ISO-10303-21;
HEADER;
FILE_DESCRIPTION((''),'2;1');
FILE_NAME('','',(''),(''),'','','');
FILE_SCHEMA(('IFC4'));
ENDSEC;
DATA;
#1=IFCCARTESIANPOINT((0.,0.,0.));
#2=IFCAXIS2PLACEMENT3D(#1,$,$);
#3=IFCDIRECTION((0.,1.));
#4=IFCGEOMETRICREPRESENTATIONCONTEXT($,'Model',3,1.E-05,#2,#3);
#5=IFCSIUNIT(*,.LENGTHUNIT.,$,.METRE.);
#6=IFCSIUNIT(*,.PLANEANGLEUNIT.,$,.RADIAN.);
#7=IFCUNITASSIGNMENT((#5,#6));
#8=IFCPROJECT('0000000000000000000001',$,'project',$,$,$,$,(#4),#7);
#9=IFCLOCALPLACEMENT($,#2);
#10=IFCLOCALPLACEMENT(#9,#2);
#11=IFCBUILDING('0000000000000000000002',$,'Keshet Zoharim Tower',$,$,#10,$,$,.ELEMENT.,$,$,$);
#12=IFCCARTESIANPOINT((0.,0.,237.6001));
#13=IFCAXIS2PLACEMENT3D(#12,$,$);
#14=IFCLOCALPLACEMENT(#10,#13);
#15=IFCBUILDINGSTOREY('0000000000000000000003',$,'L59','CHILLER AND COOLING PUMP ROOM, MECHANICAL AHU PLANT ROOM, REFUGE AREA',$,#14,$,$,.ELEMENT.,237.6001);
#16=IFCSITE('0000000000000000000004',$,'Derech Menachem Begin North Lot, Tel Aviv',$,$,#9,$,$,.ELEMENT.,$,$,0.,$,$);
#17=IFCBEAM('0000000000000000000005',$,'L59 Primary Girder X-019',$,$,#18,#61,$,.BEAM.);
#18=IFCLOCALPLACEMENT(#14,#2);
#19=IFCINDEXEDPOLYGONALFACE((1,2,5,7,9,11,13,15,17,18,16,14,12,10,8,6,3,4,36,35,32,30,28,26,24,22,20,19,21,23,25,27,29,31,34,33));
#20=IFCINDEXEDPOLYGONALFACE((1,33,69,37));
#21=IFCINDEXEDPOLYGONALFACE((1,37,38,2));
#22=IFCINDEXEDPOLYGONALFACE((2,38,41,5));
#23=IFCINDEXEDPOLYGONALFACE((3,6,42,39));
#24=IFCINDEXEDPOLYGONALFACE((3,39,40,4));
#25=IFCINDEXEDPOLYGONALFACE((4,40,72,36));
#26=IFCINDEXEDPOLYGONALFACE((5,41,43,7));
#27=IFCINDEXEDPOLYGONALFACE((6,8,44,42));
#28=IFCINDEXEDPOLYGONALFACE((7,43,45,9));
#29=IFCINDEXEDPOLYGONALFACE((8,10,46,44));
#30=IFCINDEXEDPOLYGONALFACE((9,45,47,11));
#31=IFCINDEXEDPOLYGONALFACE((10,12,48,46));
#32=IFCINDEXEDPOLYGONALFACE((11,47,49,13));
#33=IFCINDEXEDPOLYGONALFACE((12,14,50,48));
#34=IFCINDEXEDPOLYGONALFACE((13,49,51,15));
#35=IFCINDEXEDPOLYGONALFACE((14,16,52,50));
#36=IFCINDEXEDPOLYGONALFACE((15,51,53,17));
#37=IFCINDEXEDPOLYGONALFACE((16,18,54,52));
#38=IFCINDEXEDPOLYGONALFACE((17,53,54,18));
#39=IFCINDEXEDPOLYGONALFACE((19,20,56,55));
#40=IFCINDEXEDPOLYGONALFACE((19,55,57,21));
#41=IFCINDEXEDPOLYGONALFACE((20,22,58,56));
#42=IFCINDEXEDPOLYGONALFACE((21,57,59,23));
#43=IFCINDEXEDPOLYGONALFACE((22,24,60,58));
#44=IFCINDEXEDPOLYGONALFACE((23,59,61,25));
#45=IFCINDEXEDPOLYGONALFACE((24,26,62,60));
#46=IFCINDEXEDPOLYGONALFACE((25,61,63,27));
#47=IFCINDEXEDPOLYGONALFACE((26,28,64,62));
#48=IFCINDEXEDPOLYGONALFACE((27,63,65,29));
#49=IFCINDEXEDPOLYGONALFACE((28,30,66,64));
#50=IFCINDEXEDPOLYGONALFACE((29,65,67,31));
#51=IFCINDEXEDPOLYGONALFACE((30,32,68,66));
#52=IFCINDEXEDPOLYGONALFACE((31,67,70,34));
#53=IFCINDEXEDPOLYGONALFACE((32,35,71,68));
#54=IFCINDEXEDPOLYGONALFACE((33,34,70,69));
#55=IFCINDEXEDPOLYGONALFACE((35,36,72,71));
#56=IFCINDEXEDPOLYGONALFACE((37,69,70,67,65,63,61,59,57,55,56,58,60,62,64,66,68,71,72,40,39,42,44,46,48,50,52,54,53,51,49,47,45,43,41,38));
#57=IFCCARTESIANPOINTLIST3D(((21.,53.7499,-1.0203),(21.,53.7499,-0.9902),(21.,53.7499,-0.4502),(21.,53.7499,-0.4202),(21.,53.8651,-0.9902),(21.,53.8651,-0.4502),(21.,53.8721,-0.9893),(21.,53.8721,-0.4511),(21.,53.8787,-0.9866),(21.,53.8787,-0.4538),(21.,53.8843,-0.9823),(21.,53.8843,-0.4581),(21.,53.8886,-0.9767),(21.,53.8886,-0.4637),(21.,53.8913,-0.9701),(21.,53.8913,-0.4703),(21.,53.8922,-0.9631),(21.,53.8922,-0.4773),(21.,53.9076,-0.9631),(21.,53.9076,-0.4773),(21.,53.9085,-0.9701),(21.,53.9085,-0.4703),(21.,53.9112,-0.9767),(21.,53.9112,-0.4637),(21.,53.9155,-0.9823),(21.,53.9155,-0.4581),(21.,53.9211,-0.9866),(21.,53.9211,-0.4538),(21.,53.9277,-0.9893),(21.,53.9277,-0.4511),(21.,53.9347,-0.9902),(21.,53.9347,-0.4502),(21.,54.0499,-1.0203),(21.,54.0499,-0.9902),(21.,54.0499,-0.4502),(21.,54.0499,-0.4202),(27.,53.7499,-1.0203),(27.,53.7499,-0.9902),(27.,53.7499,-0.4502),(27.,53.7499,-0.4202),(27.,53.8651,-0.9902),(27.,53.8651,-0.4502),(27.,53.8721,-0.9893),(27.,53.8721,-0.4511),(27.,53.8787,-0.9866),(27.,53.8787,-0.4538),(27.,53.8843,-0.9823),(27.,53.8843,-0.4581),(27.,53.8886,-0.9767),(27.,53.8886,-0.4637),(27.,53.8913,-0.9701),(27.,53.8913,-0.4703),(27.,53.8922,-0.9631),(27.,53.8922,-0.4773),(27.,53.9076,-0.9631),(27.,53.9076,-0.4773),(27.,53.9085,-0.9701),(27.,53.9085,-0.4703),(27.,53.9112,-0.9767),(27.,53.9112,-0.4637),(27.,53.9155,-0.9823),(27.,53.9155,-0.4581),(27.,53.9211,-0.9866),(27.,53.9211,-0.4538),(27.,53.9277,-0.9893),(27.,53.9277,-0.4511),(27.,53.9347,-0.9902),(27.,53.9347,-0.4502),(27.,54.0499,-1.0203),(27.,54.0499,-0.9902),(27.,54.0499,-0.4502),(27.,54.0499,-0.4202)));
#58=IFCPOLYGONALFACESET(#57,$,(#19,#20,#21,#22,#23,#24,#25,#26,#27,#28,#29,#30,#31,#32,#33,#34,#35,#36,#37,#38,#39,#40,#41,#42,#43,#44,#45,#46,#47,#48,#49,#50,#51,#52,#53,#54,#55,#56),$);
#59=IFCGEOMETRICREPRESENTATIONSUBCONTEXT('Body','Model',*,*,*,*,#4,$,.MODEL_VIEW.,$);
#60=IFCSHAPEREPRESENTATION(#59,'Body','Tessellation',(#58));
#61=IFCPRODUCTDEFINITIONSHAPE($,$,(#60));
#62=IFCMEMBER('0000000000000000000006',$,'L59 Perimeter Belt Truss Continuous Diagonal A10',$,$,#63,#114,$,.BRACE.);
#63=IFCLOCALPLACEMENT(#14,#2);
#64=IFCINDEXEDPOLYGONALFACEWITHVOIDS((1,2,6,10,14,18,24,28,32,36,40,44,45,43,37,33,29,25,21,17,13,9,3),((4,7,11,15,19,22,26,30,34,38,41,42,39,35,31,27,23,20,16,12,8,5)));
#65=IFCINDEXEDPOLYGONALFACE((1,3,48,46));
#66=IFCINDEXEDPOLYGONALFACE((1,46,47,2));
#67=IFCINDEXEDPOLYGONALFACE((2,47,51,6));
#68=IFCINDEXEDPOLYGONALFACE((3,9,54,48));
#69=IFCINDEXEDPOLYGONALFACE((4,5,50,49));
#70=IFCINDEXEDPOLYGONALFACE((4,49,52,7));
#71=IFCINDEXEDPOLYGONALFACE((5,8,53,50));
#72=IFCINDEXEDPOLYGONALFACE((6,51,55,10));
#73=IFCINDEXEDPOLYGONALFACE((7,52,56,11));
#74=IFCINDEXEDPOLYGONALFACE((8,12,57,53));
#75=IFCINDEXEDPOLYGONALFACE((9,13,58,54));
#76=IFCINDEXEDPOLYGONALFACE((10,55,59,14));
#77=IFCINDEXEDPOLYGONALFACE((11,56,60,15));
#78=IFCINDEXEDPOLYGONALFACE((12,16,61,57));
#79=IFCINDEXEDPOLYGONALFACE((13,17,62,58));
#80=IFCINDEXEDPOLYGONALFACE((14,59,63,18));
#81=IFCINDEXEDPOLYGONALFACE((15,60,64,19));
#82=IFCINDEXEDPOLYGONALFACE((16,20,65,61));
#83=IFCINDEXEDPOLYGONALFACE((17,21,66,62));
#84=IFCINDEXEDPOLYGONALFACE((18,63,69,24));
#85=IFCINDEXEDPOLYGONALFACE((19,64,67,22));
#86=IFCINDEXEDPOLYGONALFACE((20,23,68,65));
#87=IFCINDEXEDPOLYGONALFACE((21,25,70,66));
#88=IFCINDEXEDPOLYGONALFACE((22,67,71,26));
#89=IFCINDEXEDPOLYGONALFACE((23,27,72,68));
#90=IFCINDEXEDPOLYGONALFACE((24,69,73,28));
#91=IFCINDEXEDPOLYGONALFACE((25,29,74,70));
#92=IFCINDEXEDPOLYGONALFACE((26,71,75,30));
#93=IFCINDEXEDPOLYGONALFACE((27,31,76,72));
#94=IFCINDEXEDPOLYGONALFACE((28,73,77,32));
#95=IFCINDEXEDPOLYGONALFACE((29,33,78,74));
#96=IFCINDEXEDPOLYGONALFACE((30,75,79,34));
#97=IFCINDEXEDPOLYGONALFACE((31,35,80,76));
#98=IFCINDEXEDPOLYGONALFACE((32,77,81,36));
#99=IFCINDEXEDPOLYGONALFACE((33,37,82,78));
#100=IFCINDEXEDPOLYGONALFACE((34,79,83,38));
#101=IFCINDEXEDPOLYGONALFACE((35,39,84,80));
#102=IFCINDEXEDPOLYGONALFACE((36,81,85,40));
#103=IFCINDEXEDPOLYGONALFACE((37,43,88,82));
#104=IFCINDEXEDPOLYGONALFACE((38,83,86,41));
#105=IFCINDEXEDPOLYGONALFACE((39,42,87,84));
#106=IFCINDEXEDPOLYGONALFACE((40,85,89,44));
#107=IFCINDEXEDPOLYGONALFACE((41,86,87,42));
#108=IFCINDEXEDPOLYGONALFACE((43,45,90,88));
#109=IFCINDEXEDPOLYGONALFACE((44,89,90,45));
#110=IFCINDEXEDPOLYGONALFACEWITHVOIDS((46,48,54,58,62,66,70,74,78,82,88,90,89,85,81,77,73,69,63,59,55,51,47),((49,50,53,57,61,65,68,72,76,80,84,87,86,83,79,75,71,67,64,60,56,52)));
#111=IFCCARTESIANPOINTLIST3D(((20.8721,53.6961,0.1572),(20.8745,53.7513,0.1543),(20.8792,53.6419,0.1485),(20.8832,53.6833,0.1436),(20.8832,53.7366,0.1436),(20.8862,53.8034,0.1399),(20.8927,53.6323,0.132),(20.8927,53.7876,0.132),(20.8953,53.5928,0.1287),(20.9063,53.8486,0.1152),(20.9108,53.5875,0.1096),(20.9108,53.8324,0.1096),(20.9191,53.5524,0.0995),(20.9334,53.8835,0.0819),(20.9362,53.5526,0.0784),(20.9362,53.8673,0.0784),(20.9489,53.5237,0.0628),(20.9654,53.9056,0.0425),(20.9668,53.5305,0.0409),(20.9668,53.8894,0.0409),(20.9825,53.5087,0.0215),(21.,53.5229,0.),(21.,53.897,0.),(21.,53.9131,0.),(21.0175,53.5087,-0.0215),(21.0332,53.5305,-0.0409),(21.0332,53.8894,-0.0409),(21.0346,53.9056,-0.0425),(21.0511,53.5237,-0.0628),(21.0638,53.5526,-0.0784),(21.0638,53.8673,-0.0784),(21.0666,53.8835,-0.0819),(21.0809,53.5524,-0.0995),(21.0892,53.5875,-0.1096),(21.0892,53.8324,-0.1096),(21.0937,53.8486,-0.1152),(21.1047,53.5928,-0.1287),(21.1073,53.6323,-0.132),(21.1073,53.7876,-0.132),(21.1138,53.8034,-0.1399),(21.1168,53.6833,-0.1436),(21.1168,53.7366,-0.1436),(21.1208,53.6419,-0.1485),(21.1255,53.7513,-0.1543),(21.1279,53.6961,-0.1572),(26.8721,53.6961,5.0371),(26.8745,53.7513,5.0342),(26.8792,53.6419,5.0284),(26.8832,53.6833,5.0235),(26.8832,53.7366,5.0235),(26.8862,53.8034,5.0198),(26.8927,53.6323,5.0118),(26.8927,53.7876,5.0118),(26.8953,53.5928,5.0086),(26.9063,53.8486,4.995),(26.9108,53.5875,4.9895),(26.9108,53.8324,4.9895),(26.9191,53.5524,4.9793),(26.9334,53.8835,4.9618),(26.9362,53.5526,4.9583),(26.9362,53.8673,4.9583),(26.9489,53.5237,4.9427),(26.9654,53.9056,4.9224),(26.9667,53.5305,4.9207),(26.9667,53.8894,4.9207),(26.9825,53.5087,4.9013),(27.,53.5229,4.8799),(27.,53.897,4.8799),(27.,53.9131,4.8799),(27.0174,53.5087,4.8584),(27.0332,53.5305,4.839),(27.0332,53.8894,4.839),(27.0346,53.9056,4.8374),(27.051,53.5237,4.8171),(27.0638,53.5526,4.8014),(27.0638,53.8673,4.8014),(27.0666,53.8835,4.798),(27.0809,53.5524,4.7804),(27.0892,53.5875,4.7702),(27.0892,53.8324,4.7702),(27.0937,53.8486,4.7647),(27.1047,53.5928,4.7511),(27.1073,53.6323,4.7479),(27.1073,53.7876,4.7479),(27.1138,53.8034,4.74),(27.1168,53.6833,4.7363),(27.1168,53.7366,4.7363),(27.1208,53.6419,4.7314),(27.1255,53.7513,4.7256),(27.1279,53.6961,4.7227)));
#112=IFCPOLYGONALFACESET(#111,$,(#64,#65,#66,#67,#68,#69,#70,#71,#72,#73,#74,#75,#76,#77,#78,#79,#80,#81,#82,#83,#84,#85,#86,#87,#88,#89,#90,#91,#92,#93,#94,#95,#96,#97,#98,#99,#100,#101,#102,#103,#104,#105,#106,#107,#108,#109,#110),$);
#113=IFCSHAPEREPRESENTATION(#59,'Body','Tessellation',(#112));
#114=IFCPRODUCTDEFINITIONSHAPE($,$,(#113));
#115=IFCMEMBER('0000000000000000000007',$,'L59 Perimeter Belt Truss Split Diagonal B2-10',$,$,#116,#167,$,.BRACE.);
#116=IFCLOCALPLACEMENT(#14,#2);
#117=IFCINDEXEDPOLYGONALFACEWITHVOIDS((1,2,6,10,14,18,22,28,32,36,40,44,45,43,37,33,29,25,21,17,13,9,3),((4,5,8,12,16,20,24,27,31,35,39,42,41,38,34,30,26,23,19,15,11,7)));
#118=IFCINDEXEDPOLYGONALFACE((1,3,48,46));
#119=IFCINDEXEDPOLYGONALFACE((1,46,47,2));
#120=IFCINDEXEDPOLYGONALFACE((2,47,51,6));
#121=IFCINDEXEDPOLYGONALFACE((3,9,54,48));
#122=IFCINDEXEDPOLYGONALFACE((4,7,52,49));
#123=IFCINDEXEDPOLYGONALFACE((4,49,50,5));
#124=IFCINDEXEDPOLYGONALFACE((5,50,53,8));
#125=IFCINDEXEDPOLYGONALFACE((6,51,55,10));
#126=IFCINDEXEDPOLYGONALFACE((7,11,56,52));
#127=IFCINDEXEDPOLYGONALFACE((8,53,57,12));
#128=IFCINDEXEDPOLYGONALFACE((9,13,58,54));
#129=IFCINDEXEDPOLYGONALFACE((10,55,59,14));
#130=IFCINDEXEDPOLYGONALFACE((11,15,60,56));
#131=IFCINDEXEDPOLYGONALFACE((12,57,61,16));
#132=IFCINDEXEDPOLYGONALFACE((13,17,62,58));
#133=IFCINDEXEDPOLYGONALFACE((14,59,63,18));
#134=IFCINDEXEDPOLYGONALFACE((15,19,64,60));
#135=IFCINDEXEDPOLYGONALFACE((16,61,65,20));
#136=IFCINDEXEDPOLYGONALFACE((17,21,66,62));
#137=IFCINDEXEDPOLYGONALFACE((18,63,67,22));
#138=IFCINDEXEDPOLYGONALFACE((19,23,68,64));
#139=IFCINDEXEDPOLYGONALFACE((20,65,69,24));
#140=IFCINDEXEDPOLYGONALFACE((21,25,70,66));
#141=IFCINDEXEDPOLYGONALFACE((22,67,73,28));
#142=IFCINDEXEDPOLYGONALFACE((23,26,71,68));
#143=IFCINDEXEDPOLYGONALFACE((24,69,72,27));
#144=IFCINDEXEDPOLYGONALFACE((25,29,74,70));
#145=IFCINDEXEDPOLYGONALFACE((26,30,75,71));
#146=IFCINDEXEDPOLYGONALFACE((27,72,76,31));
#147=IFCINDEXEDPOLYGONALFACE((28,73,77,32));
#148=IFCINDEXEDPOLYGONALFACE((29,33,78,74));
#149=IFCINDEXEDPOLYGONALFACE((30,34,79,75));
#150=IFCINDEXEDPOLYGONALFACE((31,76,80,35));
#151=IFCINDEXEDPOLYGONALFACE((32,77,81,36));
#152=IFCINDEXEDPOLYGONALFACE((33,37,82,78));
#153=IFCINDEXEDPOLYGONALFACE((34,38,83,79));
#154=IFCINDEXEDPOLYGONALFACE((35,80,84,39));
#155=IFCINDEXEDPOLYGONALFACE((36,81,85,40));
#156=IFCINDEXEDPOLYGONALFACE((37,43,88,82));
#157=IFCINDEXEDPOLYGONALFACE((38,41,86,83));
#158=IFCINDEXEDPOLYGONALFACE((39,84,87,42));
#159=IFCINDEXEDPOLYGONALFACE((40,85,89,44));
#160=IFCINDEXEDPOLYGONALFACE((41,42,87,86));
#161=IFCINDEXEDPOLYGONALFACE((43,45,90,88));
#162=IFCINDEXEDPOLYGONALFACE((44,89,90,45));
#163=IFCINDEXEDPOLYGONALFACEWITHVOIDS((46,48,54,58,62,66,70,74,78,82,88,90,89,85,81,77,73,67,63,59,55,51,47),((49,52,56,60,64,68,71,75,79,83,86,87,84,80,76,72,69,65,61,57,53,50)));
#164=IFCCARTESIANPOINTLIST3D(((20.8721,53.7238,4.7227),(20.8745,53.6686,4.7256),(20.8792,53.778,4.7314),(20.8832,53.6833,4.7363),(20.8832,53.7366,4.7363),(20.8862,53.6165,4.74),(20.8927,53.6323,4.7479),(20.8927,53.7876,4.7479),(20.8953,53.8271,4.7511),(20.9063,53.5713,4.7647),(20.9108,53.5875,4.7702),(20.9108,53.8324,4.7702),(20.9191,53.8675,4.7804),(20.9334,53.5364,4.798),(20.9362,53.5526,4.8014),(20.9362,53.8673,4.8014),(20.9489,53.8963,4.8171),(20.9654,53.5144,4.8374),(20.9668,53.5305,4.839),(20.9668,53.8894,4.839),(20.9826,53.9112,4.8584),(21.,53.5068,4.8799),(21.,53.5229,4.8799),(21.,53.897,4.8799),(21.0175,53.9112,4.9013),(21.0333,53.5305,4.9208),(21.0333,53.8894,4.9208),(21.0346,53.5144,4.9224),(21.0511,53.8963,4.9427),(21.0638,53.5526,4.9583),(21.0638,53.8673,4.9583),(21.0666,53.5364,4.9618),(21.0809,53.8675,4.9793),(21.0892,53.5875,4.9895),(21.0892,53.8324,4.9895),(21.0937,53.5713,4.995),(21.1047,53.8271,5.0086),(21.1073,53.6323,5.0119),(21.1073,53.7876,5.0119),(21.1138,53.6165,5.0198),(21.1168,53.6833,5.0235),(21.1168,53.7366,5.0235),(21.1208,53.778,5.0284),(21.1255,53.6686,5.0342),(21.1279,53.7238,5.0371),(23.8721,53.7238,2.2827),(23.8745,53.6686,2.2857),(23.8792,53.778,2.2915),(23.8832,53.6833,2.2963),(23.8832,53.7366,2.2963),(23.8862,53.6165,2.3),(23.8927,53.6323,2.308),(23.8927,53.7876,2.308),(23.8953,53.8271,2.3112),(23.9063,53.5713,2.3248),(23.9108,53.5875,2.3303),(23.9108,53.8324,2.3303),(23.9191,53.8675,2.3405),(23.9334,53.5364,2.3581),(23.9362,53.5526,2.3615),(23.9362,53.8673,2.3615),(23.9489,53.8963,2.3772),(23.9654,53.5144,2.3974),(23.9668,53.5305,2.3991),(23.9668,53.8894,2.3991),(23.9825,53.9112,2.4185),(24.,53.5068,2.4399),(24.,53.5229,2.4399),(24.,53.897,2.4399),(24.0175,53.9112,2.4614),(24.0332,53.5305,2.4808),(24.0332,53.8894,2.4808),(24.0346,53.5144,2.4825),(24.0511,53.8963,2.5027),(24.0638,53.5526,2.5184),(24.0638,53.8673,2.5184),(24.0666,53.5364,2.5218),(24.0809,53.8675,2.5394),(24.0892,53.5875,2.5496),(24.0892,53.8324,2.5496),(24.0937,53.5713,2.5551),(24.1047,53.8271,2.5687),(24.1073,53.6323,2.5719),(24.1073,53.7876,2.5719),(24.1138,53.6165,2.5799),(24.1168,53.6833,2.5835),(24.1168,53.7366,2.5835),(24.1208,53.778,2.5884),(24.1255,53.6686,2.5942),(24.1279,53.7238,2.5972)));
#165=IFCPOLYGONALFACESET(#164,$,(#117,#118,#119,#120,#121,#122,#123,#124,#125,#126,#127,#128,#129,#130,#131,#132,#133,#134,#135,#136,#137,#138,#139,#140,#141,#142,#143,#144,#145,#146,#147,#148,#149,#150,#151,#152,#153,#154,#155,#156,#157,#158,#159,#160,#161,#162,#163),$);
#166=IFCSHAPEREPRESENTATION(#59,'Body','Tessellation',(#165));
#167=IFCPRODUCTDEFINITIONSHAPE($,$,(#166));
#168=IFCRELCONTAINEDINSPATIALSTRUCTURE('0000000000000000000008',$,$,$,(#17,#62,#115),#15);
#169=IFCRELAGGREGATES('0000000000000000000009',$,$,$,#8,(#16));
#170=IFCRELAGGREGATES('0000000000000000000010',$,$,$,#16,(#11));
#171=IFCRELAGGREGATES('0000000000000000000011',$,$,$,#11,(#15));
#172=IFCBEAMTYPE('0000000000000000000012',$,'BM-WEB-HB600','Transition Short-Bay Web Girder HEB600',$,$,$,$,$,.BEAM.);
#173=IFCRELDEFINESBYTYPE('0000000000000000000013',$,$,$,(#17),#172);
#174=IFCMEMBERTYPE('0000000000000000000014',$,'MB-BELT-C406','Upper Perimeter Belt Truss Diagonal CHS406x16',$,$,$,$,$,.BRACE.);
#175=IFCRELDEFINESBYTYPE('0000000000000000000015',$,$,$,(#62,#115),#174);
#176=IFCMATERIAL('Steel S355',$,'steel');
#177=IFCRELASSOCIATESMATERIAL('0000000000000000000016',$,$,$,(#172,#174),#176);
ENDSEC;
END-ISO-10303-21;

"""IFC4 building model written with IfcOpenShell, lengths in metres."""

from ifc_helpers import new_model, si_unit, direction, frame, origin, origin_2d, place, context, subcontext, project, spatial, hollow_circle, i_section, extrude, material, material_profile, profile_set, type_object, element, save


model = new_model("IFC4")

# Units and contexts
model_context = context("Model", 3, precision=1e-05, world=origin(), true_north=direction((0.0, 1.0)))
body_context = subcontext(model_context, "Body", "Model", "MODEL_VIEW")
ifc_project = project(units=[si_unit("LENGTHUNIT", "METRE"), si_unit("PLANEANGLEUNIT", "RADIAN")], contexts=[model_context])

# Site, building, storey
site_placement = place(None, origin())
site = spatial("IfcSite", under=ifc_project, at=site_placement, Name="Derech Menachem Begin North Lot, Tel Aviv", CompositionType="ELEMENT", RefElevation=0.0)
building_placement = place(site_placement, origin())
building = spatial("IfcBuilding", under=site, at=building_placement, Name="Keshet Zoharim Tower", CompositionType="ELEMENT")
storey_placement = place(building_placement, frame((0.0, 0.0, 237.6001)))
storey = spatial("IfcBuildingStorey", under=building, at=storey_placement, Name="L59", Description="CHILLER AND COOLING PUMP ROOM, MECHANICAL AHU PLANT ROOM, REFUGE AREA", CompositionType="ELEMENT", Elevation=237.6001)

# Shared definitions
ifc_material_1 = material(Name="Steel S355", Category="steel")

# Beam
ifc_material_profile_1 = material_profile(ifc_material_1, i_section(OverallWidth=0.3, OverallDepth=0.6001, WebThickness=0.0154, FlangeThickness=0.03, FilletRadius=0.0271, at=origin_2d()), Name="HEB600")
ifc_profile_set_1 = profile_set([ifc_material_profile_1], Name="Steel S355")
beam_type_1 = type_object("IfcBeamType", Name="BM-WEB-HB600", Description="Transition Short-Bay Web Girder HEB600", PredefinedType="BEAM", material=ifc_profile_set_1)
beam_1_placement = place(storey_placement, frame((21.0, 53.8999, -0.7202), z_axis=(1.0, 0.0, 0.0), x_axis=(0.0, 1.0, 0.0)))
element("IfcBeam", 1, at=beam_1_placement, inside=storey, type_object=beam_type_1, Name="L59 Primary Girder X-019", PredefinedType="BEAM", context=body_context, shape_type="SweptSolid", body=[
    extrude(i_section(OverallWidth=0.3, OverallDepth=0.6001, WebThickness=0.0154, FlangeThickness=0.03, FilletRadius=0.0271, at=origin_2d()), origin(), (0.0, 0.0, 1.0), 6.0),
])

# Members
ifc_material_profile_2 = material_profile(ifc_material_1, hollow_circle(Radius=0.2031, WallThickness=0.0161, at=origin_2d()), Name="CHS406x16")
ifc_profile_set_2 = profile_set([ifc_material_profile_2], Name="Steel S355")
member_type_1 = type_object("IfcMemberType", Name="MB-BELT-C406", Description="Upper Perimeter Belt Truss Diagonal CHS406x16", PredefinedType="BRACE", material=ifc_profile_set_2)
member_1_placement = place(storey_placement, frame((21.0, 53.71, 0.0), z_axis=(0.775805, 0.0, 0.630973), x_axis=(0.0, 1.0, 0.0)))
element("IfcMember", 2, at=member_1_placement, inside=storey, type_object=member_type_1, Name="L59 Perimeter Belt Truss Continuous Diagonal A10", PredefinedType="BRACE", context=body_context, shape_type="SweptSolid", body=[
    extrude(hollow_circle(Radius=0.2031, WallThickness=0.0161, at=origin_2d()), origin(), (0.0, 0.0, 1.0), 7.7339),
])
member_2_placement = place(storey_placement, frame((24.0, 53.71, 2.4399), z_axis=(-0.775805, 0.0, 0.630973), x_axis=(0.0, -1.0, 0.0)))
element("IfcMember", 3, at=member_2_placement, inside=storey, type_object=member_type_1, Name="L59 Perimeter Belt Truss Split Diagonal B2-10", PredefinedType="BRACE", context=body_context, shape_type="SweptSolid", body=[
    extrude(hollow_circle(Radius=0.2031, WallThickness=0.0161, at=origin_2d()), origin(), (0.0, 0.0, 1.0), 3.8669),
])

save(model, "model.ifc")
